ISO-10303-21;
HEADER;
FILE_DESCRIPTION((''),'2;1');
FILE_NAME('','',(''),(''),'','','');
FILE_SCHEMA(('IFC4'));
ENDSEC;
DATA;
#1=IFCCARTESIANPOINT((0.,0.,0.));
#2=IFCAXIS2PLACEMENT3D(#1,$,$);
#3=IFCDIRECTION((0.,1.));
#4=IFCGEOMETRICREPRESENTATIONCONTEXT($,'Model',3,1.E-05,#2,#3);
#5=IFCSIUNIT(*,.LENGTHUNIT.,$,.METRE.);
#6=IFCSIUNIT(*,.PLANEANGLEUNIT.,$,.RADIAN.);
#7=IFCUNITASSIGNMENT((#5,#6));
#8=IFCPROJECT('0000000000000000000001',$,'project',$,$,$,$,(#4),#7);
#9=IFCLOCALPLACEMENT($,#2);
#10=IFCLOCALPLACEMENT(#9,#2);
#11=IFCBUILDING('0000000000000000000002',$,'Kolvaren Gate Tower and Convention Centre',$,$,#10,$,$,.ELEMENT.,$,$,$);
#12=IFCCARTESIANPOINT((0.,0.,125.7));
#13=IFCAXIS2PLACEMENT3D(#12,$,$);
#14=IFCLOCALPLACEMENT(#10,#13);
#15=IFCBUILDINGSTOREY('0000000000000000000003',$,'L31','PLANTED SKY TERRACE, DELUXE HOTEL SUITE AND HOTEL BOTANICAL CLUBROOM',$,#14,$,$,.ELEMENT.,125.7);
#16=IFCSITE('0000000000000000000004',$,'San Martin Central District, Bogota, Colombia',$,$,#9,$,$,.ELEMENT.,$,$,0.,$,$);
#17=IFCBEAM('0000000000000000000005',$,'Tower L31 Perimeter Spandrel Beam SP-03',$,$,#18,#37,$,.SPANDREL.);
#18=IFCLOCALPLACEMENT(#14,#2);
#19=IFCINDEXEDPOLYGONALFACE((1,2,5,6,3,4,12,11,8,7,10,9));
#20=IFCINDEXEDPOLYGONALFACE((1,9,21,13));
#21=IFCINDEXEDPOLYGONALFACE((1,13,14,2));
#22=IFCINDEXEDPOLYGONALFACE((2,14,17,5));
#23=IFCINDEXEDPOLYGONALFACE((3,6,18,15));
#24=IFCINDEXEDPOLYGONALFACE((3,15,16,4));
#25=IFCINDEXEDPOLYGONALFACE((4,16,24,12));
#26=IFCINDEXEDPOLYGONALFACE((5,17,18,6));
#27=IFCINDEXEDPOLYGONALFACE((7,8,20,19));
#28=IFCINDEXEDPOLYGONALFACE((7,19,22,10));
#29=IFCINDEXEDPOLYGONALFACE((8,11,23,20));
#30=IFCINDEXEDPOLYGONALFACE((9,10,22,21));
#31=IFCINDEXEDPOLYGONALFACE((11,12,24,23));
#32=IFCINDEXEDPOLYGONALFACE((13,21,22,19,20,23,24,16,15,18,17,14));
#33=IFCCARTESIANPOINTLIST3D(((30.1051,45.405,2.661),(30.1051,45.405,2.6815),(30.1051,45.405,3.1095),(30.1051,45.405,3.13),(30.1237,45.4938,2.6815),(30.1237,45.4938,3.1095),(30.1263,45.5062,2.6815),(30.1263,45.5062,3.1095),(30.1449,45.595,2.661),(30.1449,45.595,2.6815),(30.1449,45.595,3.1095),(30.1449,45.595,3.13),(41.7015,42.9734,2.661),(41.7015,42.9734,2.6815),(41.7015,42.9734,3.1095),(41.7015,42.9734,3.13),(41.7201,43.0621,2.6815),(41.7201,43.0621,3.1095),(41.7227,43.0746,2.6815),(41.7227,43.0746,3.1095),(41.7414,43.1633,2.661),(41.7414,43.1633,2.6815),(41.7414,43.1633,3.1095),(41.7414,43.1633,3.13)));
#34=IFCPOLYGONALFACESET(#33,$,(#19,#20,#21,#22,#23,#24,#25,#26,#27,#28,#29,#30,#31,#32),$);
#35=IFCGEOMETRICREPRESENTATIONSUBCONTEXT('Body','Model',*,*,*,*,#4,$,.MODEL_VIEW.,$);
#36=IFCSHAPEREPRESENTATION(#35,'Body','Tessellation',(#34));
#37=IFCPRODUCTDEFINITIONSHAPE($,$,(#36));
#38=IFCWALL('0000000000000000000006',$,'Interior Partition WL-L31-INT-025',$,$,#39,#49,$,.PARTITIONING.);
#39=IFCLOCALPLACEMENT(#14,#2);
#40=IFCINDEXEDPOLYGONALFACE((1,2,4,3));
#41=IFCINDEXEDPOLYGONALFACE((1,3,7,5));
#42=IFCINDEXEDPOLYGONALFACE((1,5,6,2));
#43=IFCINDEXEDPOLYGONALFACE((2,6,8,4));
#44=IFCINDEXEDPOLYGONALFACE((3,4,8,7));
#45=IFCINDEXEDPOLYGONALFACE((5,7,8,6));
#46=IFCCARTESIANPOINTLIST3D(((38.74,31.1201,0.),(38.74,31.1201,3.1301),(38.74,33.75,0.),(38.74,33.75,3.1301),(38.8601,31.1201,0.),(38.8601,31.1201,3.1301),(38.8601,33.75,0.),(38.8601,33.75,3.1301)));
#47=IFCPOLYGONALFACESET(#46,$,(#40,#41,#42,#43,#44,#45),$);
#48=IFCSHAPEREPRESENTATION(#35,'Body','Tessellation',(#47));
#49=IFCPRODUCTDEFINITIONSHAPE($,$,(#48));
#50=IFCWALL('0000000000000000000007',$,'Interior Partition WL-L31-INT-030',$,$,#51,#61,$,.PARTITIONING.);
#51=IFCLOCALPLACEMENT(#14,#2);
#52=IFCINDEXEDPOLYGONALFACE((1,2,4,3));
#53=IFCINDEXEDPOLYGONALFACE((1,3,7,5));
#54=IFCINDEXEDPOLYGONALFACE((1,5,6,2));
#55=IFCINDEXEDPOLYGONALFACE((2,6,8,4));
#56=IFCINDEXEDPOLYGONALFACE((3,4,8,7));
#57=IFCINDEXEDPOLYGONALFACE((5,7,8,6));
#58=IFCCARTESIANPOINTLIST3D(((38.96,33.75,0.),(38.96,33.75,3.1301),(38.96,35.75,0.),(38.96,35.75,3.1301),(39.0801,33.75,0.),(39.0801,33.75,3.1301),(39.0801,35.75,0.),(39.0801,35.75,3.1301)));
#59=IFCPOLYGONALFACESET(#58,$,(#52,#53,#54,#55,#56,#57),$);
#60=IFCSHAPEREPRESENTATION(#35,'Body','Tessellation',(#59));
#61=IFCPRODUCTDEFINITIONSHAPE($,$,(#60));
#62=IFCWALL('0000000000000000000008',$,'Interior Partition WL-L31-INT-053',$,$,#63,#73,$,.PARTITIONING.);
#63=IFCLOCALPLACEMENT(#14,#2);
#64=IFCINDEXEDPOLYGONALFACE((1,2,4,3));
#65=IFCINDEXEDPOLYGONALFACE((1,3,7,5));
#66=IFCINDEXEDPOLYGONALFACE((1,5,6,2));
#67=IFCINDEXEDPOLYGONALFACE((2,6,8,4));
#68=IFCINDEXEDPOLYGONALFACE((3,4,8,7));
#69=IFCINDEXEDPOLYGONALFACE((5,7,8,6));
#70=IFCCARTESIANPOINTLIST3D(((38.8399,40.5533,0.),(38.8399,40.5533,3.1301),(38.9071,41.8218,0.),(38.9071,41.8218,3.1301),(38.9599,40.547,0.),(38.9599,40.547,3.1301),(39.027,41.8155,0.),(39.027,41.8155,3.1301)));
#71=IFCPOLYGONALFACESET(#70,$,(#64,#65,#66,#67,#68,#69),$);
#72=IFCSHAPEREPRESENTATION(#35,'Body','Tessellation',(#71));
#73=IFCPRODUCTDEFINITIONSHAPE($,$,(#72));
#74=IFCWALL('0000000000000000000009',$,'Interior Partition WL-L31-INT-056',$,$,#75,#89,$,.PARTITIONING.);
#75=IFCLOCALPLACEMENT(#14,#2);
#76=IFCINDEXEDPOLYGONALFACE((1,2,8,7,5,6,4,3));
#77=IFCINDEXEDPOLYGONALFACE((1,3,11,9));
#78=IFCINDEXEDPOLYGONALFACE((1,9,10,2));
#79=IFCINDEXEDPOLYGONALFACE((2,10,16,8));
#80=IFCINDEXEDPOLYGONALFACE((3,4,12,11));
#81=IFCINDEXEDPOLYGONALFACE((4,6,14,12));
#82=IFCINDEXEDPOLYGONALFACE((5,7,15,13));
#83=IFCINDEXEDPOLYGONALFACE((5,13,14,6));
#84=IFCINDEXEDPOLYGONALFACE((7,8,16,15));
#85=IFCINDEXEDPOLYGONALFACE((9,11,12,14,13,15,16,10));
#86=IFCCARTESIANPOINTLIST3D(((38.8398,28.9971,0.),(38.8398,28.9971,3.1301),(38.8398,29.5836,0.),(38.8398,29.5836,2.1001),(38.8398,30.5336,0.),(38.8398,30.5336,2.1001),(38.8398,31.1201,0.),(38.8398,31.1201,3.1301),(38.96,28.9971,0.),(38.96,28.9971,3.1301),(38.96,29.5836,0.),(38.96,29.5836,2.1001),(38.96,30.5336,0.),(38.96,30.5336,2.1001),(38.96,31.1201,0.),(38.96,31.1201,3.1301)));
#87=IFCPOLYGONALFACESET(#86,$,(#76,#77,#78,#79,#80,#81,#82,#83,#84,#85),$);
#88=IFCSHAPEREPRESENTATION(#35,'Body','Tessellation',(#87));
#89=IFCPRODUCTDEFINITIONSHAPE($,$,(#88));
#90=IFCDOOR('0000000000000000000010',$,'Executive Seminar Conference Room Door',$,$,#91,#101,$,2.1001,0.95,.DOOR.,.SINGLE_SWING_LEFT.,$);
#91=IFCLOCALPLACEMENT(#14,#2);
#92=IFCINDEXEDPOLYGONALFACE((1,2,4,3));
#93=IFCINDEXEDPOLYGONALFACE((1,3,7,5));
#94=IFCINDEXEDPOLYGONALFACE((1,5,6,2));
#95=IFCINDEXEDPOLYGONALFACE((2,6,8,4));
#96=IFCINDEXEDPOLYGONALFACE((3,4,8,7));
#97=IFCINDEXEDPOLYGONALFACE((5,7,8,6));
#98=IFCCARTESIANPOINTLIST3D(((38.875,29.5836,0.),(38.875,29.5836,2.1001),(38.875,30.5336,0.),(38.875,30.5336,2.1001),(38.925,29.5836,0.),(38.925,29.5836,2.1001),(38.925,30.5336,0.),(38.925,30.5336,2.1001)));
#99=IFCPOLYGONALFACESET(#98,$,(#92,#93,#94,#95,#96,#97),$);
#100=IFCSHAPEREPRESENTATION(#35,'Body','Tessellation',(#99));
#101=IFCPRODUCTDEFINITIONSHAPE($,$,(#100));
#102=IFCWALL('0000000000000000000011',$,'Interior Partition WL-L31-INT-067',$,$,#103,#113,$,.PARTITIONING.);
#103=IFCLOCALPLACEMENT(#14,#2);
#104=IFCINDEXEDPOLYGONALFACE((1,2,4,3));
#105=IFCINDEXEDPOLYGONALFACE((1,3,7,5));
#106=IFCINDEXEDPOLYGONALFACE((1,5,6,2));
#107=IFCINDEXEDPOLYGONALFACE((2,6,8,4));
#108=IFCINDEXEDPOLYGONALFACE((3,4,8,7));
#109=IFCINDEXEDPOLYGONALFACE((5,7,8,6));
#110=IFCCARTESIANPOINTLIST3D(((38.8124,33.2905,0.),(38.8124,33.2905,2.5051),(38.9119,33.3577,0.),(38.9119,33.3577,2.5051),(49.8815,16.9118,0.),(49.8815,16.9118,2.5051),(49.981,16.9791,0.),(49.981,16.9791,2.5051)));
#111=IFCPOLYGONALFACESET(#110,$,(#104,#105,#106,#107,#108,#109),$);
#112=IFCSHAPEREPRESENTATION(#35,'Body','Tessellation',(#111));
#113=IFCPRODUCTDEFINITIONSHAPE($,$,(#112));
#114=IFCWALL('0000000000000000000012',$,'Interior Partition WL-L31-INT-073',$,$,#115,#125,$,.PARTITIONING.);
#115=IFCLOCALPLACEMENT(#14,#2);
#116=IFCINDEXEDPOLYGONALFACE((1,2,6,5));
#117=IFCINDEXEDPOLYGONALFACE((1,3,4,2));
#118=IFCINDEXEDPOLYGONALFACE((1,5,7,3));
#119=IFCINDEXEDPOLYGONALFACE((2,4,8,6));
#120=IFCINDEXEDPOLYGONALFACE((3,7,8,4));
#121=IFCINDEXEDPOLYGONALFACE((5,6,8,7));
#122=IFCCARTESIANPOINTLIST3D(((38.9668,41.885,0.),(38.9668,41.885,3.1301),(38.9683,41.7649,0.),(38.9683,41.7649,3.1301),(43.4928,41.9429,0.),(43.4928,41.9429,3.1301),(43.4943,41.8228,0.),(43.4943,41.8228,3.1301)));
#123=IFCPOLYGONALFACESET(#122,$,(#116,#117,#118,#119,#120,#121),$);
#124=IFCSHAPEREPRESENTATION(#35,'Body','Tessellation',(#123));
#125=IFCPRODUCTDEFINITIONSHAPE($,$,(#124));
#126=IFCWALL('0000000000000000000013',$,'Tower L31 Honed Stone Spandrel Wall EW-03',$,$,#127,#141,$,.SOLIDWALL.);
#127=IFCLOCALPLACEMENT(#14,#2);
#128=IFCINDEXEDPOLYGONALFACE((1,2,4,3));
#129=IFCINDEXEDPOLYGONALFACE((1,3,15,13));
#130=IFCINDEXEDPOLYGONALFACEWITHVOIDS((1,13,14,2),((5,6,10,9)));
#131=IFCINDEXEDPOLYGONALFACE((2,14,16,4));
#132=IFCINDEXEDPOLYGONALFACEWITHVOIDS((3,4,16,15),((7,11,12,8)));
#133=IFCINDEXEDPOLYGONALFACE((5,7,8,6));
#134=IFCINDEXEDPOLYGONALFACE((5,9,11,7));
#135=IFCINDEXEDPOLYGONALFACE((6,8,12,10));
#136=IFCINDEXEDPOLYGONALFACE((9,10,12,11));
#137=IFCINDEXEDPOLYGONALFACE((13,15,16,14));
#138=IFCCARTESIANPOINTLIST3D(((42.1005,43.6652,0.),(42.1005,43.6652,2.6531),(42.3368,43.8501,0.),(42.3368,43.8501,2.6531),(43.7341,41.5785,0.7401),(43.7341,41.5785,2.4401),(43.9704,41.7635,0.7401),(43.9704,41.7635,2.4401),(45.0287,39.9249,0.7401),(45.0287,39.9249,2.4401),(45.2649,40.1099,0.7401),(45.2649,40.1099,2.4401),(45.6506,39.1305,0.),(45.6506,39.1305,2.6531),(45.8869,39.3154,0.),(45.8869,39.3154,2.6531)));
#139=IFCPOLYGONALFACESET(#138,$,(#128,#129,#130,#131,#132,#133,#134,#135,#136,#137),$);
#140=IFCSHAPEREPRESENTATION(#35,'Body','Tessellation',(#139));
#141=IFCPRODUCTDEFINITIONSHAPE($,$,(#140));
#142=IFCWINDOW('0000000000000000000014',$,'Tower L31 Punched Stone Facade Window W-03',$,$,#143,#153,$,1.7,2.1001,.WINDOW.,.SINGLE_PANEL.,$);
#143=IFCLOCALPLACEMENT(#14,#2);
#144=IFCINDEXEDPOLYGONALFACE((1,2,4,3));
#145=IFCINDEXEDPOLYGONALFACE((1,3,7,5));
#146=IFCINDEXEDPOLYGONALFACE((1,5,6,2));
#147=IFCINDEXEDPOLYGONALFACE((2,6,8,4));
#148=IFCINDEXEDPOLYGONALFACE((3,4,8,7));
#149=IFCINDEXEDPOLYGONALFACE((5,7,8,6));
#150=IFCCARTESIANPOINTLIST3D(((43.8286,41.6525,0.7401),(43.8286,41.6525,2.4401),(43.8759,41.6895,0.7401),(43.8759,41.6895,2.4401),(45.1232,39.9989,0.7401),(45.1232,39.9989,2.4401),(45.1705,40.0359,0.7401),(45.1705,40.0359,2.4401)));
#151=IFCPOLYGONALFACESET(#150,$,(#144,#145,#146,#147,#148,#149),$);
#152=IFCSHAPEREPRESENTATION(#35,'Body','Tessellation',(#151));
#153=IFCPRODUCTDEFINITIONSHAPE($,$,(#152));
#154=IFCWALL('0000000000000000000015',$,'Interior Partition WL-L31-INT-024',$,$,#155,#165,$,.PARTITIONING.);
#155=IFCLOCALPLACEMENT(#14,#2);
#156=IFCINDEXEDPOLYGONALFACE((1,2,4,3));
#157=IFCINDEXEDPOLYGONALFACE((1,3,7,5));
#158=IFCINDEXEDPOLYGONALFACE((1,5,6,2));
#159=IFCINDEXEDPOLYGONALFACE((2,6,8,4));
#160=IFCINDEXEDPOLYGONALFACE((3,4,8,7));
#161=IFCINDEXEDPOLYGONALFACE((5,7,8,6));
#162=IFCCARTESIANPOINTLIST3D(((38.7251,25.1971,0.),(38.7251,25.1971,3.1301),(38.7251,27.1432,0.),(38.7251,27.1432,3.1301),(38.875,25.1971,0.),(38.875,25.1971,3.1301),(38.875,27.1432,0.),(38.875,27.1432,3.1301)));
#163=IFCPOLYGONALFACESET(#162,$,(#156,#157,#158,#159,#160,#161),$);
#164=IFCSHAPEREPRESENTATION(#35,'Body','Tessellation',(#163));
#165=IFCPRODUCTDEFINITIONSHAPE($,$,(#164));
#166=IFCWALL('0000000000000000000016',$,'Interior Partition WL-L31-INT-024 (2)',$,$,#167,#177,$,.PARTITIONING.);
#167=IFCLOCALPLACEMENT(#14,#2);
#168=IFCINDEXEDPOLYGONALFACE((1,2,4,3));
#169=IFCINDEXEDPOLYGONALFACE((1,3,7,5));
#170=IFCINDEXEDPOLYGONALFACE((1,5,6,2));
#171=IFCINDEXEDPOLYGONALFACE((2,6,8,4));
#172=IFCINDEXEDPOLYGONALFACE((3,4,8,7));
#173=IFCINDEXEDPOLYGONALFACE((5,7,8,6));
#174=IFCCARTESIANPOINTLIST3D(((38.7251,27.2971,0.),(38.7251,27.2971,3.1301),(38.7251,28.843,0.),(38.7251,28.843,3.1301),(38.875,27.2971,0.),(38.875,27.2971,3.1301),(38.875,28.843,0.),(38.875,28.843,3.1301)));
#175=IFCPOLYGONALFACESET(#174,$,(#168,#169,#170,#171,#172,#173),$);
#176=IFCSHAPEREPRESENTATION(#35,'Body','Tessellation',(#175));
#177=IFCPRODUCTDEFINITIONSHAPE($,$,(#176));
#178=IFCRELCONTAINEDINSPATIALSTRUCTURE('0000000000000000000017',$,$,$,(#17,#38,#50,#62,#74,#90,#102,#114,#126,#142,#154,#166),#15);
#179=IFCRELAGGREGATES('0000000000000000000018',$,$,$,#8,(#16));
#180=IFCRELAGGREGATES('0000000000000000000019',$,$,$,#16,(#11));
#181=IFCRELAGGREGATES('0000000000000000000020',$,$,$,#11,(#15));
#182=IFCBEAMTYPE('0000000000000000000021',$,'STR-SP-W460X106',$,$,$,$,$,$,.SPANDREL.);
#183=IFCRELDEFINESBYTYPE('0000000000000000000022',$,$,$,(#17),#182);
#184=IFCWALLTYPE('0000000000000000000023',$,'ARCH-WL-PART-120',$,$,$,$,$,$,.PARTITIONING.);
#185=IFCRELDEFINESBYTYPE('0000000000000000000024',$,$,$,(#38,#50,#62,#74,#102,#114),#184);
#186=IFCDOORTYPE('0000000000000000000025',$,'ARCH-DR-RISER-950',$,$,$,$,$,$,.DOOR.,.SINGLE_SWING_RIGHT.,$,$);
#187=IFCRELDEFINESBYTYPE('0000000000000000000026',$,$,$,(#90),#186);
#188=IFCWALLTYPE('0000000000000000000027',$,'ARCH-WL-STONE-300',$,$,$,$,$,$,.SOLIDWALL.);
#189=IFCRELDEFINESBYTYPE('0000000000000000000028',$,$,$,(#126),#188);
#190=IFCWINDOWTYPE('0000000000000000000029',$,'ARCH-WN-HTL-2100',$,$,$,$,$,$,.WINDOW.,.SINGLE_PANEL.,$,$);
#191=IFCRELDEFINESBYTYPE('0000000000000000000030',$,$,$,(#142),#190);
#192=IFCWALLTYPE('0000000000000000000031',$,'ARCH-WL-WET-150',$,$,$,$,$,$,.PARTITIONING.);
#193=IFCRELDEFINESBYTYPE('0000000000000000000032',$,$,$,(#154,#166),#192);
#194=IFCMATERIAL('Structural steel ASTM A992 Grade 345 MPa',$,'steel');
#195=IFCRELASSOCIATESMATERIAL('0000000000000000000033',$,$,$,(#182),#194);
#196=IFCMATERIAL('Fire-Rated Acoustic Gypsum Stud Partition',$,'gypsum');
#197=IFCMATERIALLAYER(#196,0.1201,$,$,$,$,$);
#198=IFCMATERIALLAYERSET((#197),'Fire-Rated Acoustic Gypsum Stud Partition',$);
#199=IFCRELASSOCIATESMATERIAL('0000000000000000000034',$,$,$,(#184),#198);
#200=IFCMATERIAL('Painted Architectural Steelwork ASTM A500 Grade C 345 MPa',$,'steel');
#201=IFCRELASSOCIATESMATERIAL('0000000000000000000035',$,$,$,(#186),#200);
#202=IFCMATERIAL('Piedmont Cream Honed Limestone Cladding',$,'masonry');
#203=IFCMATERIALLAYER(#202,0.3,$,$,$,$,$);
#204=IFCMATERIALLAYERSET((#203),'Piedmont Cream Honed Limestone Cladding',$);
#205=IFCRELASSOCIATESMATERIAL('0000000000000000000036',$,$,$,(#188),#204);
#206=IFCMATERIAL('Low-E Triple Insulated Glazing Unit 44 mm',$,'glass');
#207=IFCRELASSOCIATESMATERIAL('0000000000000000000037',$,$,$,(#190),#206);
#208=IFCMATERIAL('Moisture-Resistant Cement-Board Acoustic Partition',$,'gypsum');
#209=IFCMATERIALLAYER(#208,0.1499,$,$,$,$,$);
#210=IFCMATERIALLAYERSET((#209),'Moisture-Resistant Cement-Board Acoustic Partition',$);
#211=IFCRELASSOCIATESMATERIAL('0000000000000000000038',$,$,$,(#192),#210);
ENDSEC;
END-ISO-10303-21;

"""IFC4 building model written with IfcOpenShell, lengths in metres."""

from ifc_helpers import new_model, si_unit, direction, frame, frame_2d, origin, origin_2d, place, context, subcontext, project, spatial, rectangle, i_section, extrude, material, layer, layer_set, material_profile, profile_set, type_object, element, fill, save


model = new_model("IFC4")

# Units and contexts
model_context = context("Model", 3, precision=1e-05, world=origin(), true_north=direction((0.0, 1.0)))
body_context = subcontext(model_context, "Body", "Model", "MODEL_VIEW")
ifc_project = project(units=[si_unit("LENGTHUNIT", "METRE"), si_unit("PLANEANGLEUNIT", "RADIAN")], contexts=[model_context])

# Site, building, storey
site_placement = place(None, origin())
site = spatial("IfcSite", under=ifc_project, at=site_placement, Name="San Martin Central District, Bogota, Colombia", CompositionType="ELEMENT", RefElevation=0.0)
building_placement = place(site_placement, origin())
building = spatial("IfcBuilding", under=site, at=building_placement, Name="Kolvaren Gate Tower and Convention Centre", CompositionType="ELEMENT")
storey_placement = place(building_placement, frame((0.0, 0.0, 125.7)))
storey = spatial("IfcBuildingStorey", under=building, at=storey_placement, Name="L31", Description="PLANTED SKY TERRACE, DELUXE HOTEL SUITE AND HOTEL BOTANICAL CLUBROOM", CompositionType="ELEMENT", Elevation=125.7)

# Beam
ifc_material_1 = material(Name="Structural steel ASTM A992 Grade 345 MPa", Category="steel")
ifc_material_profile_1 = material_profile(ifc_material_1, i_section(OverallWidth=0.1941, OverallDepth=0.469, WebThickness=0.0127, FlangeThickness=0.0205, at=origin_2d()), Name="W460X106")
ifc_profile_set_1 = profile_set([ifc_material_profile_1], Name="Structural steel ASTM A992 Grade 345 MPa")
beam_type_1 = type_object("IfcBeamType", Name="STR-SP-W460X106", PredefinedType="SPANDREL", material=ifc_profile_set_1)
beam_1_placement = place(storey_placement, frame((41.7214, 43.0684, 2.8955), z_axis=(-0.978715, 0.205225, 0.0), x_axis=(-0.205225, -0.978715, 0.0)))
element("IfcBeam", 1, at=beam_1_placement, inside=storey, type_object=beam_type_1, Name="Tower L31 Perimeter Spandrel Beam SP-03", PredefinedType="SPANDREL", context=body_context, shape_type="SweptSolid", body=[
    extrude(i_section(OverallWidth=0.1941, OverallDepth=0.469, WebThickness=0.0127, FlangeThickness=0.0205, at=origin_2d()), origin(), (0.0, 0.0, 1.0), 11.8486),
])

# Walls
ifc_material_2 = material(Name="Fire-Rated Acoustic Gypsum Stud Partition", Category="gypsum")
ifc_layer_1 = layer(ifc_material_2, 0.1201)
ifc_layer_set_1 = layer_set([ifc_layer_1], Name="Fire-Rated Acoustic Gypsum Stud Partition")
wall_type_1 = type_object("IfcWallType", Name="ARCH-WL-PART-120", PredefinedType="PARTITIONING", material=ifc_layer_set_1)
wall_1_placement = place(storey_placement, frame((38.8, 31.1201, 0.0), z_axis=(0.0, 0.0, 1.0), x_axis=(0.0, 1.0, 0.0)))
element("IfcWall", 2, at=wall_1_placement, inside=storey, type_object=wall_type_1, Name="Interior Partition WL-L31-INT-025", PredefinedType="PARTITIONING", context=body_context, shape_type="SweptSolid", body=[
    extrude(rectangle(XDim=2.6299, YDim=0.1201, at=frame_2d((1.3149, 0.0))), origin(), (0.0, 0.0, 1.0), 3.1301),
])
wall_2_placement = place(storey_placement, frame((39.02, 33.75, 0.0), z_axis=(0.0, 0.0, 1.0), x_axis=(0.0, 1.0, 0.0)))
element("IfcWall", 3, at=wall_2_placement, inside=storey, type_object=wall_type_1, Name="Interior Partition WL-L31-INT-030", PredefinedType="PARTITIONING", context=body_context, shape_type="SweptSolid", body=[
    extrude(rectangle(XDim=2.0, YDim=0.1201, at=frame_2d((1.0, 0.0))), origin(), (0.0, 0.0, 1.0), 3.1301),
])
wall_3_placement = place(storey_placement, frame((38.8999, 40.55, 0.0), z_axis=(0.0, 0.0, 1.0), x_axis=(0.052851, 0.998602, 0.0)))
element("IfcWall", 4, at=wall_3_placement, inside=storey, type_object=wall_type_1, Name="Interior Partition WL-L31-INT-053", PredefinedType="PARTITIONING", context=body_context, shape_type="SweptSolid", body=[
    extrude(rectangle(XDim=1.2703, YDim=0.1201, at=frame_2d((0.6353, 0.0))), origin(), (0.0, 0.0, 1.0), 3.1301),
])

# Wall, opening, door
wall_4_placement = place(storey_placement, frame((38.8999, 28.9971, 0.0), z_axis=(0.0, 0.0, 1.0), x_axis=(0.0, 1.0, 0.0)))
wall_4 = element("IfcWall", 5, at=wall_4_placement, inside=storey, type_object=wall_type_1, Name="Interior Partition WL-L31-INT-056", PredefinedType="PARTITIONING", context=body_context, shape_type="SweptSolid", body=[
    extrude(rectangle(XDim=2.123, YDim=0.1201, at=frame_2d((1.0615, 0.0))), origin(), (0.0, 0.0, 1.0), 3.1301),
])
opening_1_placement = place(wall_4_placement, frame((0.5864, 0.0, 0.0)))
opening_1 = element("IfcOpeningElement", 6, at=opening_1_placement, cuts=wall_4, PredefinedType="OPENING", context=body_context, shape_type="SweptSolid", body=[
    extrude(rectangle(XDim=0.95, YDim=2.1001, at=frame_2d((0.4751, 1.05))), frame((0.0, 0.0701, 0.0), z_axis=(0.0, -1.0, 0.0), x_axis=(1.0, 0.0, 0.0)), (0.0, 0.0, 1.0), 0.1401),
])
ifc_material_3 = material(Name="Painted Architectural Steelwork ASTM A500 Grade C 345 MPa", Category="steel")
door_type = type_object("IfcDoorType", Name="ARCH-DR-RISER-950", OperationType="SINGLE_SWING_RIGHT", PredefinedType="DOOR", material=ifc_material_3)
door_placement = place(opening_1_placement, origin())
door = element("IfcDoor", 7, at=door_placement, inside=storey, type_object=door_type, Name="Executive Seminar Conference Room Door", OperationType="SINGLE_SWING_LEFT", OverallHeight=2.1001, OverallWidth=0.95, PredefinedType="DOOR", context=body_context, shape_type="SweptSolid", body=[
    extrude(rectangle(XDim=0.95, YDim=2.1001, at=frame_2d((0.4751, 1.05))), frame((0.0, 0.0249, 0.0), z_axis=(0.0, -1.0, 0.0), x_axis=(1.0, 0.0, 0.0)), (0.0, 0.0, 1.0), 0.05),
])
fill(opening_1, door)

# Walls
wall_5_placement = place(storey_placement, frame((38.8621, 33.3242, 0.0), z_axis=(0.0, 0.0, 1.0), x_axis=(0.559942, -0.828532, 0.0)))
element("IfcWall", 8, at=wall_5_placement, inside=storey, type_object=wall_type_1, Name="Interior Partition WL-L31-INT-067", PredefinedType="PARTITIONING", context=body_context, shape_type="SweptSolid", body=[
    extrude(rectangle(XDim=19.7683, YDim=0.1201, at=frame_2d((9.8843, 0.0))), origin(), (0.0, 0.0, 1.0), 2.5051),
])
wall_6_placement = place(storey_placement, frame((38.9675, 41.825, 0.0), z_axis=(0.0, 0.0, 1.0), x_axis=(0.999918, 0.012784, 0.0)))
element("IfcWall", 9, at=wall_6_placement, inside=storey, type_object=wall_type_1, Name="Interior Partition WL-L31-INT-073", PredefinedType="PARTITIONING", context=body_context, shape_type="SweptSolid", body=[
    extrude(rectangle(XDim=4.5264, YDim=0.1201, at=frame_2d((2.2632, 0.0))), origin(), (0.0, 0.0, 1.0), 3.1301),
])

# Wall, opening, window
ifc_material_4 = material(Name="Piedmont Cream Honed Limestone Cladding", Category="masonry")
ifc_layer_2 = layer(ifc_material_4, 0.3)
ifc_layer_set_2 = layer_set([ifc_layer_2], Name="Piedmont Cream Honed Limestone Cladding")
wall_type_2 = type_object("IfcWallType", Name="ARCH-WL-STONE-300", PredefinedType="SOLIDWALL", material=ifc_layer_set_2)
wall_7_placement = place(storey_placement, frame((42.2188, 43.7576, 0.0), z_axis=(0.0, 0.0, 1.0), x_axis=(0.616435, -0.787406, 0.0)))
wall_7 = element("IfcWall", 10, at=wall_7_placement, inside=storey, type_object=wall_type_2, Name="Tower L31 Honed Stone Spandrel Wall EW-03", PredefinedType="SOLIDWALL", context=body_context, shape_type="SweptSolid", body=[
    extrude(rectangle(XDim=5.759, YDim=0.3, at=frame_2d((2.8794, 0.0))), origin(), (0.0, 0.0, 1.0), 2.6531),
])
opening_2_placement = place(wall_7_placement, frame((2.6499, 0.0, 0.74)))
opening_2 = element("IfcOpeningElement", 11, at=opening_2_placement, cuts=wall_7, PredefinedType="OPENING", context=body_context, shape_type="SweptSolid", body=[
    extrude(rectangle(XDim=2.1001, YDim=1.7, at=frame_2d((1.05, 0.8501))), frame((0.0, 0.1599, 0.0), z_axis=(0.0, -1.0, 0.0), x_axis=(1.0, 0.0, 0.0)), (0.0, 0.0, 1.0), 0.3201),
])
ifc_material_5 = material(Name="Low-E Triple Insulated Glazing Unit 44 mm", Category="glass")
window_type = type_object("IfcWindowType", Name="ARCH-WN-HTL-2100", PartitioningType="SINGLE_PANEL", PredefinedType="WINDOW", material=ifc_material_5)
window_placement = place(opening_2_placement, origin())
window = element("IfcWindow", 12, at=window_placement, inside=storey, type_object=window_type, Name="Tower L31 Punched Stone Facade Window W-03", OverallHeight=1.7, OverallWidth=2.1001, PartitioningType="SINGLE_PANEL", PredefinedType="WINDOW", context=body_context, shape_type="SweptSolid", body=[
    extrude(rectangle(XDim=2.1001, YDim=1.7, at=frame_2d((1.05, 0.8501))), frame((0.0, 0.03, 0.0), z_axis=(0.0, -1.0, 0.0), x_axis=(1.0, 0.0, 0.0)), (0.0, 0.0, 1.0), 0.0601),
])
fill(opening_2, window)

# Walls
ifc_material_6 = material(Name="Moisture-Resistant Cement-Board Acoustic Partition", Category="gypsum")
ifc_layer_3 = layer(ifc_material_6, 0.1499)
ifc_layer_set_3 = layer_set([ifc_layer_3], Name="Moisture-Resistant Cement-Board Acoustic Partition")
wall_type_3 = type_object("IfcWallType", Name="ARCH-WL-WET-150", PredefinedType="PARTITIONING", material=ifc_layer_set_3)
wall_8_placement = place(storey_placement, frame((38.8, 25.197, 0.0), z_axis=(0.0, 0.0, 1.0), x_axis=(0.0, 1.0, 0.0)))
element("IfcWall", 13, at=wall_8_placement, inside=storey, type_object=wall_type_3, Name="Interior Partition WL-L31-INT-024", PredefinedType="PARTITIONING", context=body_context, shape_type="SweptSolid", body=[
    extrude(rectangle(XDim=1.946, YDim=0.1499, at=frame_2d((0.9731, 0.0))), origin(), (0.0, 0.0, 1.0), 3.1301),
])
wall_9_placement = place(storey_placement, frame((38.8, 27.2971, 0.0), z_axis=(0.0, 0.0, 1.0), x_axis=(0.0, 1.0, 0.0)))
element("IfcWall", 14, at=wall_9_placement, inside=storey, type_object=wall_type_3, Name="Interior Partition WL-L31-INT-024 (2)", PredefinedType="PARTITIONING", context=body_context, shape_type="SweptSolid", body=[
    extrude(rectangle(XDim=1.5459, YDim=0.1499, at=frame_2d((0.7729, 0.0))), origin(), (0.0, 0.0, 1.0), 3.1301),
])

save(model, "model.ifc")
